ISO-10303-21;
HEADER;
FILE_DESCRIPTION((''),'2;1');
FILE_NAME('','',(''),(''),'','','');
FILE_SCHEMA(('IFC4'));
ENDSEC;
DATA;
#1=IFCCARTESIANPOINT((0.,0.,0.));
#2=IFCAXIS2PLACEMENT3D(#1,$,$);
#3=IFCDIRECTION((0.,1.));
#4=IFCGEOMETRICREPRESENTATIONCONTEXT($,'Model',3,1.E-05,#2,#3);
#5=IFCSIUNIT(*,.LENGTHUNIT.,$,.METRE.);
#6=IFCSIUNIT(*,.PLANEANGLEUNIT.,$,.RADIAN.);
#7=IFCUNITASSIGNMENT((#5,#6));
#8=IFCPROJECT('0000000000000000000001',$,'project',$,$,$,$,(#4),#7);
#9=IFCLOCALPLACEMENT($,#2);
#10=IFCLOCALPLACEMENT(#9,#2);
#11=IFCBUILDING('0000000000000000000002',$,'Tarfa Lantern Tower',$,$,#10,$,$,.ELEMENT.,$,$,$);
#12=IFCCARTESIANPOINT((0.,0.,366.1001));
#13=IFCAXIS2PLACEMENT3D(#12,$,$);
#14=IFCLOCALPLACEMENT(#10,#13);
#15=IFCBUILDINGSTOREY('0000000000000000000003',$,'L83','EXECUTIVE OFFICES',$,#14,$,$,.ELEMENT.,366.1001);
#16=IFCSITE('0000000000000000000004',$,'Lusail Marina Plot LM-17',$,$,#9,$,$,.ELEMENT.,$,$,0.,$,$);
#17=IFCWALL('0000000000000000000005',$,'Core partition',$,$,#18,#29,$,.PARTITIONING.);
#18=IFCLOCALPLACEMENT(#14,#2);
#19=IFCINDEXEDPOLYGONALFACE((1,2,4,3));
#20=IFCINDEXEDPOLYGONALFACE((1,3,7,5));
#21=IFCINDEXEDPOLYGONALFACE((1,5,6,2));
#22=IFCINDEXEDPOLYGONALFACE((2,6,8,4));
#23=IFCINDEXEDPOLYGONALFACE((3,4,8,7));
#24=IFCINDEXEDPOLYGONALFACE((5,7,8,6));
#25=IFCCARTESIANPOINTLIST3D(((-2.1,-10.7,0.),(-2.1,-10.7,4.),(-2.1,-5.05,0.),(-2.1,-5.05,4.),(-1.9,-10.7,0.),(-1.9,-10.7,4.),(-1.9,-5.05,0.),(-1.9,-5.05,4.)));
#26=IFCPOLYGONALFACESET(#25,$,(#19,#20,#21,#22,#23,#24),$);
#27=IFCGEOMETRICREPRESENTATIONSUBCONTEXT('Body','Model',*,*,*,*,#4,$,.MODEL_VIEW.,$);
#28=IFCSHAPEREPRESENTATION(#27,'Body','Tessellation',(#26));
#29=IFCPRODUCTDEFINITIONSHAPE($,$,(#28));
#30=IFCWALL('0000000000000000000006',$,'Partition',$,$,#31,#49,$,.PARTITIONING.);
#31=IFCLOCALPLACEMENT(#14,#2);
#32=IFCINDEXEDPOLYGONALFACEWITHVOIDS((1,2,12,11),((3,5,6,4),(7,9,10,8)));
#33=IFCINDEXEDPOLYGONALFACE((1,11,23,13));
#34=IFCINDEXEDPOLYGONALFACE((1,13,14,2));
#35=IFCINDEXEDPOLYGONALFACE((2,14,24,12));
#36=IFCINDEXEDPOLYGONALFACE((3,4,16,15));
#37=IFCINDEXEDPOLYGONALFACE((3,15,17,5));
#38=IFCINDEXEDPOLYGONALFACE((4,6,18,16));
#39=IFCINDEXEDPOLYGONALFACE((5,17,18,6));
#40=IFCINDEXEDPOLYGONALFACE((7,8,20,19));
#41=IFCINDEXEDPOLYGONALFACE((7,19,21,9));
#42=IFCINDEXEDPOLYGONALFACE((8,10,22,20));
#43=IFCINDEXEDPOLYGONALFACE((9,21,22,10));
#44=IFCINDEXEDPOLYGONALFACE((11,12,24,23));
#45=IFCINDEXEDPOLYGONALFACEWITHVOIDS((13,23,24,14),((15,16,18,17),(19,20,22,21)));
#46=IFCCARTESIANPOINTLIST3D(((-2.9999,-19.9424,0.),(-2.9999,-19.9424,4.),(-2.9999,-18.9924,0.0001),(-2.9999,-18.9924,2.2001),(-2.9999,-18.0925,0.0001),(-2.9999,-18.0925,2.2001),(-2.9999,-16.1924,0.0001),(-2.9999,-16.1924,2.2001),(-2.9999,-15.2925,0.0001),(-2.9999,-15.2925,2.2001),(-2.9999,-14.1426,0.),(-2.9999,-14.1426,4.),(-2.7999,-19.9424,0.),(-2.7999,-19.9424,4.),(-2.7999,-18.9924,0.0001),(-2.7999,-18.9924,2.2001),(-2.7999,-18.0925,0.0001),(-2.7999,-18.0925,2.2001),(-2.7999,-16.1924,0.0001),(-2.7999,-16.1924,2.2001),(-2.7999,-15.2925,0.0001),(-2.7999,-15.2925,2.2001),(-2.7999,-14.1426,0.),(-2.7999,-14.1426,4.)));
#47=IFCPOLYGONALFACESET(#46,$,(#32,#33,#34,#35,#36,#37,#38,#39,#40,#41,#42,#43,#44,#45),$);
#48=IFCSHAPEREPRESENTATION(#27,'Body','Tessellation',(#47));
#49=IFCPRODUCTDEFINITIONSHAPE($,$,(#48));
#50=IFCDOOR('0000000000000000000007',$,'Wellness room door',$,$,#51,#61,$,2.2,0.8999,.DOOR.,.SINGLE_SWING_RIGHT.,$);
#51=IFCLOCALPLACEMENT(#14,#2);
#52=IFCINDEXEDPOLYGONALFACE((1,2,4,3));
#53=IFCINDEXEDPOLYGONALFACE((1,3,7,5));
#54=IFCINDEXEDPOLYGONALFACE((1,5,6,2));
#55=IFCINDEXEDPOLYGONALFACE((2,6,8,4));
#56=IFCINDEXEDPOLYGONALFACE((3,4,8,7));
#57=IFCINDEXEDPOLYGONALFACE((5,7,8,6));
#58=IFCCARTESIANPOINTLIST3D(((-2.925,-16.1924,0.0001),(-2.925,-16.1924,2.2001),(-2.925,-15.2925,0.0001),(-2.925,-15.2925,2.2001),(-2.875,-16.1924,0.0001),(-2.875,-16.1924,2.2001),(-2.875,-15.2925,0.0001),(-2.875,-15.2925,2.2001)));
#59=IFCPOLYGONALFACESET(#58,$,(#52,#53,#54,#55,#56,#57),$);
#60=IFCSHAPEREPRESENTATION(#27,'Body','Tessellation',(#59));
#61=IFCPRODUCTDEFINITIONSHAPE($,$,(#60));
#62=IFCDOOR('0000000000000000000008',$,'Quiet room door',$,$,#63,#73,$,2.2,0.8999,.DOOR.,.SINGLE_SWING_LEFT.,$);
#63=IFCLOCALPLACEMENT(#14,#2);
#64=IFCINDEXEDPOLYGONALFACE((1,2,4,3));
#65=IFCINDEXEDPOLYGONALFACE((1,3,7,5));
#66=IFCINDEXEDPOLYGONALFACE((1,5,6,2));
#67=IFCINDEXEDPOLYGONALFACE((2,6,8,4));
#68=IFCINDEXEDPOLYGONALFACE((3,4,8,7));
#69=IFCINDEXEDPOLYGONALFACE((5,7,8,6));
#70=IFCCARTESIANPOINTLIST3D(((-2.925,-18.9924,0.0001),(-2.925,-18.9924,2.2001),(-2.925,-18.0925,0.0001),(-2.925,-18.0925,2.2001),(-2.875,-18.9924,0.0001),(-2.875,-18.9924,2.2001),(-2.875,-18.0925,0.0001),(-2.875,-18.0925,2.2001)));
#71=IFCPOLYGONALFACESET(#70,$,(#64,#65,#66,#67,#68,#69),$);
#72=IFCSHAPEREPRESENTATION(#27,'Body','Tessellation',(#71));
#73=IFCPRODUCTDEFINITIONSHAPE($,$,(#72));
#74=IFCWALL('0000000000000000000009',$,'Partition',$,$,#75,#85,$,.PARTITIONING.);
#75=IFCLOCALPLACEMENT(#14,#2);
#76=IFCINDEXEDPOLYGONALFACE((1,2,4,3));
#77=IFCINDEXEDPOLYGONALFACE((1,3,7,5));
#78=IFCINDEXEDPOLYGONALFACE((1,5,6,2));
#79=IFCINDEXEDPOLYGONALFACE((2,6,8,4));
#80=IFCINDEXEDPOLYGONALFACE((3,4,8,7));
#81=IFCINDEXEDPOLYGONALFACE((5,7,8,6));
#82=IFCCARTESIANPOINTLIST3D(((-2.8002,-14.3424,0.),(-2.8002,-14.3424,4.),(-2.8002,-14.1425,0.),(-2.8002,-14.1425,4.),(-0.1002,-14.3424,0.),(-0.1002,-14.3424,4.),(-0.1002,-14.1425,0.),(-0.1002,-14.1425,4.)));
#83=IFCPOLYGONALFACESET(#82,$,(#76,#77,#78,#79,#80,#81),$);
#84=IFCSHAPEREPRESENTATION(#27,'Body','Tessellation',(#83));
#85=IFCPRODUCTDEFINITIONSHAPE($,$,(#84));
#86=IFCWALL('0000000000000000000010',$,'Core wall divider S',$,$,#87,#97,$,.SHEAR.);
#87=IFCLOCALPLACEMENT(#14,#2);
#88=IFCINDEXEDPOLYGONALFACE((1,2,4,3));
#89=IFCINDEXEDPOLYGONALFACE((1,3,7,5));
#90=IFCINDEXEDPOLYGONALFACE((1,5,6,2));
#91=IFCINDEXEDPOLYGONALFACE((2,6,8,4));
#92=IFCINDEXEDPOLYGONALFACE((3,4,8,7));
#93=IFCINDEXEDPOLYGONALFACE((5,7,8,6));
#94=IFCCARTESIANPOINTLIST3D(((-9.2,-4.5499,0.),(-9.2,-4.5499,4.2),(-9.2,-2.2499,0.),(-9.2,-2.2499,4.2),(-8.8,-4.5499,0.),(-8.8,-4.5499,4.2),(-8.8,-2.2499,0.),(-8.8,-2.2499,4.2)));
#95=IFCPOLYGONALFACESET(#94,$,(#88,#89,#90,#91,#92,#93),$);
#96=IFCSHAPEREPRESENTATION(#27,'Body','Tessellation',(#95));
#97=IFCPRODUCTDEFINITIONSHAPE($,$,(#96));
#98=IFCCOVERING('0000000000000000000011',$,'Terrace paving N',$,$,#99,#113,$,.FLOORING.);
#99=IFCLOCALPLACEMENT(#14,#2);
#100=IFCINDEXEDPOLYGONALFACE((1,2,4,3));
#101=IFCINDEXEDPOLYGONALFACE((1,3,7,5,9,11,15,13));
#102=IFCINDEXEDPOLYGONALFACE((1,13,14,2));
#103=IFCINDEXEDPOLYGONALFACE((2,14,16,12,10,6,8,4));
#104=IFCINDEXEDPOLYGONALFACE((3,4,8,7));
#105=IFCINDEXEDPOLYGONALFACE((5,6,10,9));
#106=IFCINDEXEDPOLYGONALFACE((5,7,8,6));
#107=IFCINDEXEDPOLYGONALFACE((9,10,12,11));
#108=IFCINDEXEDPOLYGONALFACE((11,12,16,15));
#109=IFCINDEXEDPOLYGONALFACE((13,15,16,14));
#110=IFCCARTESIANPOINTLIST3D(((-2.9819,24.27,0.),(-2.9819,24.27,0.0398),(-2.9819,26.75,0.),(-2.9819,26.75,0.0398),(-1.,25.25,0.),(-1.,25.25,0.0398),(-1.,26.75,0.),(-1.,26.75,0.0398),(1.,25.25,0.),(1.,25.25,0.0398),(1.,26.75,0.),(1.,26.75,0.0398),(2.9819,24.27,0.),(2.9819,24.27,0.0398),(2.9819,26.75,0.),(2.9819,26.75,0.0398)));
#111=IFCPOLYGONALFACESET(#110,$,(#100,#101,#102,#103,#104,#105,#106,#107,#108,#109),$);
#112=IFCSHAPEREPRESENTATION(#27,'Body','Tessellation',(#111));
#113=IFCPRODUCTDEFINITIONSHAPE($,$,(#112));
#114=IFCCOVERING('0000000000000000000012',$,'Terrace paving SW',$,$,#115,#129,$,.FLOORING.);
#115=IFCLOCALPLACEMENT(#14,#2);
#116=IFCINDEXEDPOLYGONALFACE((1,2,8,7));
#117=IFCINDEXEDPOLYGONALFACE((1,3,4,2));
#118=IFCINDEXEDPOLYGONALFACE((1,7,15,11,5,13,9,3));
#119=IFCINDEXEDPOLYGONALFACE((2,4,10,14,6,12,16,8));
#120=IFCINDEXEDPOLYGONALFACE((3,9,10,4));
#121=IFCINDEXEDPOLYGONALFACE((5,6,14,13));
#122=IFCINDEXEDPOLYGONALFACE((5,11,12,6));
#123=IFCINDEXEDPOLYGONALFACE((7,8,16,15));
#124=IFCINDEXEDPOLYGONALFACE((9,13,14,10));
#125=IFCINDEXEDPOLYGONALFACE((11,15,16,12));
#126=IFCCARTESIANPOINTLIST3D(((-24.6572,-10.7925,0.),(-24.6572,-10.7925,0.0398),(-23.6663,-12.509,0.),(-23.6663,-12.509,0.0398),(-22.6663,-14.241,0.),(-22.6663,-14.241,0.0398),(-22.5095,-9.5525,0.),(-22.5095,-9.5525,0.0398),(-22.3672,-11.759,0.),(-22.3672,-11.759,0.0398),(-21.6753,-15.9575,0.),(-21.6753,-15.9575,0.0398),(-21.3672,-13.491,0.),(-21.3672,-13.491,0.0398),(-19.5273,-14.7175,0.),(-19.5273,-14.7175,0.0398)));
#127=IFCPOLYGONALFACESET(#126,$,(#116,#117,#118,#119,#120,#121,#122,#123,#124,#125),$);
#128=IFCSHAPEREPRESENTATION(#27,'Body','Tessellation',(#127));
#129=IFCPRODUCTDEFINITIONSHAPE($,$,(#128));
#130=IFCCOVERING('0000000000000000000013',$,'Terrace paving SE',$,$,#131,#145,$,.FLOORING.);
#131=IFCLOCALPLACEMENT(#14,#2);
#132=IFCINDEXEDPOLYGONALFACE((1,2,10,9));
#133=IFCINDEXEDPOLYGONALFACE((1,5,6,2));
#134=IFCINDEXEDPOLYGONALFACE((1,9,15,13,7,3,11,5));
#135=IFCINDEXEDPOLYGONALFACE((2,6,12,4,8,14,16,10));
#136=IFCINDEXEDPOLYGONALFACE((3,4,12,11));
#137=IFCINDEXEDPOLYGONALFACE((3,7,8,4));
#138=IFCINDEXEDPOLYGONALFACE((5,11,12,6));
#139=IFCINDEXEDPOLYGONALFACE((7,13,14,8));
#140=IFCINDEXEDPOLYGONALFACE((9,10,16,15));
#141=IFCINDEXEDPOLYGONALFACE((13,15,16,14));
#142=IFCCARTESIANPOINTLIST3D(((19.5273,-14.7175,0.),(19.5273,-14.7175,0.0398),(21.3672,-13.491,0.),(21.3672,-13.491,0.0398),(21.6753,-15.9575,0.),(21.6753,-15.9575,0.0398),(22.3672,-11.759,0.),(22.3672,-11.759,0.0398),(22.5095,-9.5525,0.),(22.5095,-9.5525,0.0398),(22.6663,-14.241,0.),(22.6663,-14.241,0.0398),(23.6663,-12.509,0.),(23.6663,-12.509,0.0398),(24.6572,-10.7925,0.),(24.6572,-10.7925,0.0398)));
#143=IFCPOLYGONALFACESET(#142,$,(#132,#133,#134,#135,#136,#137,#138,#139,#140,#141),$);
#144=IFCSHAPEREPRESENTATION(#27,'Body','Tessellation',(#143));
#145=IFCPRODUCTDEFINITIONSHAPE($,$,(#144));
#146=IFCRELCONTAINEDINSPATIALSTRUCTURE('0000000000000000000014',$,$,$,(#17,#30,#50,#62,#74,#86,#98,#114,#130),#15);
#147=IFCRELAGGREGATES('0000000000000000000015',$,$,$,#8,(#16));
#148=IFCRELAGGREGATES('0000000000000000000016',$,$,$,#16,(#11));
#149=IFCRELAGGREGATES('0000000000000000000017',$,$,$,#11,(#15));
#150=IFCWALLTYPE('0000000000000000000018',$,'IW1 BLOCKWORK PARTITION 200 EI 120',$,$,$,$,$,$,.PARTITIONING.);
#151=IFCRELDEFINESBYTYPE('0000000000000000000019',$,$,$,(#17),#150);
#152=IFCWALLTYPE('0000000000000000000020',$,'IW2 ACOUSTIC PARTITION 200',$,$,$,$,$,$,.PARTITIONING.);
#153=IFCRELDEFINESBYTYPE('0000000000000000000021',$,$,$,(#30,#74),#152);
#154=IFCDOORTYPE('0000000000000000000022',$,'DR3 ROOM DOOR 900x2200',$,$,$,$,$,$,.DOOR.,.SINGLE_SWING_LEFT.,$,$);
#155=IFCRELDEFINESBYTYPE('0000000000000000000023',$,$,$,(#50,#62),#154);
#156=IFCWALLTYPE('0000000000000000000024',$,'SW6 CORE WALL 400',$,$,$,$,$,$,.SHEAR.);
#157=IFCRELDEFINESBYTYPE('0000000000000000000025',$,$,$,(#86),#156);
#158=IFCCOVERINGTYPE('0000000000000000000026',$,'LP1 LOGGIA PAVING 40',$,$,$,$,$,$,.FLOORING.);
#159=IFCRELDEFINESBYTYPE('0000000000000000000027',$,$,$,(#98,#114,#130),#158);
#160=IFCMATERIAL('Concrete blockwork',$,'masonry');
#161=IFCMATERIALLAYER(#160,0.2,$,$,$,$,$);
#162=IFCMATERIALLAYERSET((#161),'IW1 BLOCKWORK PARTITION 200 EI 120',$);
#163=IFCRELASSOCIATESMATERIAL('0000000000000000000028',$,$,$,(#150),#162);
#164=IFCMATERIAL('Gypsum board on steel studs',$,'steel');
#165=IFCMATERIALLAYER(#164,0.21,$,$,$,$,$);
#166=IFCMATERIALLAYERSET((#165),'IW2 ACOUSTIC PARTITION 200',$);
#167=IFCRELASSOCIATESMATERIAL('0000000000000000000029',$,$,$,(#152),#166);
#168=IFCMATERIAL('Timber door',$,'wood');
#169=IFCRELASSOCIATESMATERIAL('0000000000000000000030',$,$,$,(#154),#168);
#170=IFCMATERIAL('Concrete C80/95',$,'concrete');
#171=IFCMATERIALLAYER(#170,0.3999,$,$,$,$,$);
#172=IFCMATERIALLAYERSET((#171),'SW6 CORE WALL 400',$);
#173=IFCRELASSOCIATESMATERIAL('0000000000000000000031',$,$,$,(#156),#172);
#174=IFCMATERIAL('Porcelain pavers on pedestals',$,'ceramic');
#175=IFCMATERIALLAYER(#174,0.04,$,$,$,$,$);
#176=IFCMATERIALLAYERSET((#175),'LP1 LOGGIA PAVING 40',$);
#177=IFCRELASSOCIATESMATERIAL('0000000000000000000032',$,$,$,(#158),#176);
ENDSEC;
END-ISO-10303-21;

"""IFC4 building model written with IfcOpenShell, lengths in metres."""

from ifc_helpers import new_model, si_unit, direction, frame, frame_2d, origin, place, context, subcontext, project, spatial, polyline, rectangle, outline, extrude, material, layer, layer_set, type_object, element, fill, save


model = new_model("IFC4")

# Units and contexts
model_context = context("Model", 3, precision=1e-05, world=origin(), true_north=direction((0.0, 1.0)))
body_context = subcontext(model_context, "Body", "Model", "MODEL_VIEW")
ifc_project = project(units=[si_unit("LENGTHUNIT", "METRE"), si_unit("PLANEANGLEUNIT", "RADIAN")], contexts=[model_context])

# Site, building, storey
site_placement = place(None, origin())
site = spatial("IfcSite", under=ifc_project, at=site_placement, Name="Lusail Marina Plot LM-17", CompositionType="ELEMENT", RefElevation=0.0)
building_placement = place(site_placement, origin())
building = spatial("IfcBuilding", under=site, at=building_placement, Name="Tarfa Lantern Tower", CompositionType="ELEMENT")
storey_placement = place(building_placement, frame((0.0, 0.0, 366.1001)))
storey = spatial("IfcBuildingStorey", under=building, at=storey_placement, Name="L83", Description="EXECUTIVE OFFICES", CompositionType="ELEMENT", Elevation=366.1001)

# Wall
ifc_material_1 = material(Name="Concrete blockwork", Category="masonry")
ifc_layer_1 = layer(ifc_material_1, 0.2)
ifc_layer_set_1 = layer_set([ifc_layer_1], Name="IW1 BLOCKWORK PARTITION 200 EI 120")
wall_type_1 = type_object("IfcWallType", Name="IW1 BLOCKWORK PARTITION 200 EI 120", PredefinedType="PARTITIONING", material=ifc_layer_set_1)
for number, where, z_axis, x_axis, name in (
    (1, (-2.0, -5.05, 0.0), (0.0, 0.0, 1.0), (0.0, -1.0, 0.0), "Core partition"),
):
    element("IfcWall", number, at=place(storey_placement, frame(where, z_axis=z_axis, x_axis=x_axis)), inside=storey, type_object=wall_type_1, Name=name, PredefinedType="PARTITIONING", context=body_context, shape_type="SweptSolid", body=[
        extrude(rectangle(XDim=5.6499, YDim=0.2, at=frame_2d((2.825, 0.0))), origin(), (0.0, 0.0, 1.0), 4.0),
    ])

# Wall, openings, doors
ifc_material_2 = material(Name="Gypsum board on steel studs", Category="steel")
ifc_layer_2 = layer(ifc_material_2, 0.21)
ifc_layer_set_2 = layer_set([ifc_layer_2], Name="IW2 ACOUSTIC PARTITION 200")
wall_type_2 = type_object("IfcWallType", Name="IW2 ACOUSTIC PARTITION 200", PredefinedType="PARTITIONING", material=ifc_layer_set_2)
wall_1_placement = place(storey_placement, frame((-2.8999, -14.1426, 0.0), z_axis=(0.0, 0.0, 1.0), x_axis=(0.0, -1.0, 0.0)))
wall_1 = element("IfcWall", 2, at=wall_1_placement, inside=storey, type_object=wall_type_2, Name="Partition", PredefinedType="PARTITIONING", context=body_context, shape_type="SweptSolid", body=[
    extrude(rectangle(XDim=5.7998, YDim=0.2, at=frame_2d((2.8999, 0.0))), origin(), (0.0, 0.0, 1.0), 4.0),
])
opening_1_placement = place(wall_1_placement, frame((1.1499, 0.0, 0.0)))
opening_1 = element("IfcOpeningElement", 3, at=opening_1_placement, cuts=wall_1, PredefinedType="OPENING", context=body_context, shape_type="SweptSolid", body=[
    extrude(rectangle(XDim=0.8999, YDim=2.2, at=frame_2d((0.45, 1.1001))), frame((0.0, 0.1099, 0.0), z_axis=(0.0, -1.0, 0.0), x_axis=(1.0, 0.0, 0.0)), (0.0, 0.0, 1.0), 0.22),
])
opening_2_placement = place(wall_1_placement, frame((3.95, 0.0, 0.0)))
opening_2 = element("IfcOpeningElement", 4, at=opening_2_placement, cuts=wall_1, PredefinedType="OPENING", context=body_context, shape_type="SweptSolid", body=[
    extrude(rectangle(XDim=0.8999, YDim=2.2, at=frame_2d((0.45, 1.1001))), frame((0.0, 0.1099, 0.0), z_axis=(0.0, -1.0, 0.0), x_axis=(1.0, 0.0, 0.0)), (0.0, 0.0, 1.0), 0.22),
])
ifc_material_3 = material(Name="Timber door", Category="wood")
door_type = type_object("IfcDoorType", Name="DR3 ROOM DOOR 900x2200", OperationType="SINGLE_SWING_LEFT", PredefinedType="DOOR", material=ifc_material_3)
door_1_placement = place(opening_1_placement, origin())
door_1 = element("IfcDoor", 5, at=door_1_placement, inside=storey, type_object=door_type, Name="Wellness room door", OperationType="SINGLE_SWING_RIGHT", OverallHeight=2.2, OverallWidth=0.8999, PredefinedType="DOOR", context=body_context, shape_type="SweptSolid", body=[
    extrude(rectangle(XDim=0.8999, YDim=2.2, at=frame_2d((0.45, 1.1001))), frame((0.0, 0.0249, 0.0), z_axis=(0.0, -1.0, 0.0), x_axis=(1.0, 0.0, 0.0)), (0.0, 0.0, 1.0), 0.05),
])
fill(opening_1, door_1)
door_2_placement = place(opening_2_placement, origin())
door_2 = element("IfcDoor", 6, at=door_2_placement, inside=storey, type_object=door_type, Name="Quiet room door", OperationType="SINGLE_SWING_LEFT", OverallHeight=2.2, OverallWidth=0.8999, PredefinedType="DOOR", context=body_context, shape_type="SweptSolid", body=[
    extrude(rectangle(XDim=0.8999, YDim=2.2, at=frame_2d((0.45, 1.1001))), frame((0.0, 0.0249, 0.0), z_axis=(0.0, -1.0, 0.0), x_axis=(1.0, 0.0, 0.0)), (0.0, 0.0, 1.0), 0.05),
])
fill(opening_2, door_2)

# Walls
wall_2_placement = place(storey_placement, frame((-0.1001, -14.2424, 0.0), z_axis=(0.0, 0.0, 1.0), x_axis=(-1.0, 0.0, 0.0)))
element("IfcWall", 7, at=wall_2_placement, inside=storey, type_object=wall_type_2, Name="Partition", PredefinedType="PARTITIONING", context=body_context, shape_type="SweptSolid", body=[
    extrude(rectangle(XDim=2.7, YDim=0.2, at=frame_2d((1.3501, 0.0))), origin(), (0.0, 0.0, 1.0), 4.0),
])
ifc_material_4 = material(Name="Concrete C80/95", Category="concrete")
ifc_layer_3 = layer(ifc_material_4, 0.3999)
ifc_layer_set_3 = layer_set([ifc_layer_3], Name="SW6 CORE WALL 400")
wall_type_3 = type_object("IfcWallType", Name="SW6 CORE WALL 400", PredefinedType="SHEAR", material=ifc_layer_set_3)
wall_3_placement = place(storey_placement, frame((-9.0, -2.25, 0.0), z_axis=(0.0, 0.0, 1.0), x_axis=(0.0, -1.0, 0.0)))
element("IfcWall", 8, at=wall_3_placement, inside=storey, type_object=wall_type_3, Name="Core wall divider S", PredefinedType="SHEAR", context=body_context, shape_type="SweptSolid", body=[
    extrude(rectangle(XDim=2.3, YDim=0.3999, at=frame_2d((1.1499, 0.0))), origin(), (0.0, 0.0, 1.0), 4.2),
])

# Coverings
ifc_material_5 = material(Name="Porcelain pavers on pedestals", Category="ceramic")
ifc_layer_4 = layer(ifc_material_5, 0.04)
ifc_layer_set_4 = layer_set([ifc_layer_4], Name="LP1 LOGGIA PAVING 40")
covering_type = type_object("IfcCoveringType", Name="LP1 LOGGIA PAVING 40", PredefinedType="FLOORING", material=ifc_layer_set_4)
covering_1_placement = place(storey_placement, origin())
element("IfcCovering", 9, at=covering_1_placement, inside=storey, type_object=covering_type, Name="Terrace paving N", PredefinedType="FLOORING", context=body_context, shape_type="SweptSolid", body=[
    extrude(outline(polyline([(2.9819, 26.75), (2.9819, 24.27), (-2.9819, 24.27), (-2.9819, 26.75), (-1.0, 26.75), (-1.0, 25.25), (1.0, 25.25), (1.0, 26.75), (2.9819, 26.75)])), origin(), (0.0, 0.0, 1.0), 0.0398),
])
covering_2_placement = place(storey_placement, origin())
element("IfcCovering", 10, at=covering_2_placement, inside=storey, type_object=covering_type, Name="Terrace paving SW", PredefinedType="FLOORING", context=body_context, shape_type="SweptSolid", body=[
    extrude(outline(polyline([(-24.6572, -10.7925), (-22.5095, -9.5525), (-19.5273, -14.7175), (-21.6753, -15.9575), (-22.6663, -14.241), (-21.3672, -13.491), (-22.3672, -11.759), (-23.6663, -12.509), (-24.6572, -10.7925)])), origin(), (0.0, 0.0, 1.0), 0.0398),
])
covering_3_placement = place(storey_placement, origin())
element("IfcCovering", 11, at=covering_3_placement, inside=storey, type_object=covering_type, Name="Terrace paving SE", PredefinedType="FLOORING", context=body_context, shape_type="SweptSolid", body=[
    extrude(outline(polyline([(21.6753, -15.9575), (19.5273, -14.7175), (22.5095, -9.5525), (24.6572, -10.7925), (23.6663, -12.509), (22.3672, -11.759), (21.3672, -13.491), (22.6663, -14.241), (21.6753, -15.9575)])), origin(), (0.0, 0.0, 1.0), 0.0398),
])

save(model, "model.ifc")
